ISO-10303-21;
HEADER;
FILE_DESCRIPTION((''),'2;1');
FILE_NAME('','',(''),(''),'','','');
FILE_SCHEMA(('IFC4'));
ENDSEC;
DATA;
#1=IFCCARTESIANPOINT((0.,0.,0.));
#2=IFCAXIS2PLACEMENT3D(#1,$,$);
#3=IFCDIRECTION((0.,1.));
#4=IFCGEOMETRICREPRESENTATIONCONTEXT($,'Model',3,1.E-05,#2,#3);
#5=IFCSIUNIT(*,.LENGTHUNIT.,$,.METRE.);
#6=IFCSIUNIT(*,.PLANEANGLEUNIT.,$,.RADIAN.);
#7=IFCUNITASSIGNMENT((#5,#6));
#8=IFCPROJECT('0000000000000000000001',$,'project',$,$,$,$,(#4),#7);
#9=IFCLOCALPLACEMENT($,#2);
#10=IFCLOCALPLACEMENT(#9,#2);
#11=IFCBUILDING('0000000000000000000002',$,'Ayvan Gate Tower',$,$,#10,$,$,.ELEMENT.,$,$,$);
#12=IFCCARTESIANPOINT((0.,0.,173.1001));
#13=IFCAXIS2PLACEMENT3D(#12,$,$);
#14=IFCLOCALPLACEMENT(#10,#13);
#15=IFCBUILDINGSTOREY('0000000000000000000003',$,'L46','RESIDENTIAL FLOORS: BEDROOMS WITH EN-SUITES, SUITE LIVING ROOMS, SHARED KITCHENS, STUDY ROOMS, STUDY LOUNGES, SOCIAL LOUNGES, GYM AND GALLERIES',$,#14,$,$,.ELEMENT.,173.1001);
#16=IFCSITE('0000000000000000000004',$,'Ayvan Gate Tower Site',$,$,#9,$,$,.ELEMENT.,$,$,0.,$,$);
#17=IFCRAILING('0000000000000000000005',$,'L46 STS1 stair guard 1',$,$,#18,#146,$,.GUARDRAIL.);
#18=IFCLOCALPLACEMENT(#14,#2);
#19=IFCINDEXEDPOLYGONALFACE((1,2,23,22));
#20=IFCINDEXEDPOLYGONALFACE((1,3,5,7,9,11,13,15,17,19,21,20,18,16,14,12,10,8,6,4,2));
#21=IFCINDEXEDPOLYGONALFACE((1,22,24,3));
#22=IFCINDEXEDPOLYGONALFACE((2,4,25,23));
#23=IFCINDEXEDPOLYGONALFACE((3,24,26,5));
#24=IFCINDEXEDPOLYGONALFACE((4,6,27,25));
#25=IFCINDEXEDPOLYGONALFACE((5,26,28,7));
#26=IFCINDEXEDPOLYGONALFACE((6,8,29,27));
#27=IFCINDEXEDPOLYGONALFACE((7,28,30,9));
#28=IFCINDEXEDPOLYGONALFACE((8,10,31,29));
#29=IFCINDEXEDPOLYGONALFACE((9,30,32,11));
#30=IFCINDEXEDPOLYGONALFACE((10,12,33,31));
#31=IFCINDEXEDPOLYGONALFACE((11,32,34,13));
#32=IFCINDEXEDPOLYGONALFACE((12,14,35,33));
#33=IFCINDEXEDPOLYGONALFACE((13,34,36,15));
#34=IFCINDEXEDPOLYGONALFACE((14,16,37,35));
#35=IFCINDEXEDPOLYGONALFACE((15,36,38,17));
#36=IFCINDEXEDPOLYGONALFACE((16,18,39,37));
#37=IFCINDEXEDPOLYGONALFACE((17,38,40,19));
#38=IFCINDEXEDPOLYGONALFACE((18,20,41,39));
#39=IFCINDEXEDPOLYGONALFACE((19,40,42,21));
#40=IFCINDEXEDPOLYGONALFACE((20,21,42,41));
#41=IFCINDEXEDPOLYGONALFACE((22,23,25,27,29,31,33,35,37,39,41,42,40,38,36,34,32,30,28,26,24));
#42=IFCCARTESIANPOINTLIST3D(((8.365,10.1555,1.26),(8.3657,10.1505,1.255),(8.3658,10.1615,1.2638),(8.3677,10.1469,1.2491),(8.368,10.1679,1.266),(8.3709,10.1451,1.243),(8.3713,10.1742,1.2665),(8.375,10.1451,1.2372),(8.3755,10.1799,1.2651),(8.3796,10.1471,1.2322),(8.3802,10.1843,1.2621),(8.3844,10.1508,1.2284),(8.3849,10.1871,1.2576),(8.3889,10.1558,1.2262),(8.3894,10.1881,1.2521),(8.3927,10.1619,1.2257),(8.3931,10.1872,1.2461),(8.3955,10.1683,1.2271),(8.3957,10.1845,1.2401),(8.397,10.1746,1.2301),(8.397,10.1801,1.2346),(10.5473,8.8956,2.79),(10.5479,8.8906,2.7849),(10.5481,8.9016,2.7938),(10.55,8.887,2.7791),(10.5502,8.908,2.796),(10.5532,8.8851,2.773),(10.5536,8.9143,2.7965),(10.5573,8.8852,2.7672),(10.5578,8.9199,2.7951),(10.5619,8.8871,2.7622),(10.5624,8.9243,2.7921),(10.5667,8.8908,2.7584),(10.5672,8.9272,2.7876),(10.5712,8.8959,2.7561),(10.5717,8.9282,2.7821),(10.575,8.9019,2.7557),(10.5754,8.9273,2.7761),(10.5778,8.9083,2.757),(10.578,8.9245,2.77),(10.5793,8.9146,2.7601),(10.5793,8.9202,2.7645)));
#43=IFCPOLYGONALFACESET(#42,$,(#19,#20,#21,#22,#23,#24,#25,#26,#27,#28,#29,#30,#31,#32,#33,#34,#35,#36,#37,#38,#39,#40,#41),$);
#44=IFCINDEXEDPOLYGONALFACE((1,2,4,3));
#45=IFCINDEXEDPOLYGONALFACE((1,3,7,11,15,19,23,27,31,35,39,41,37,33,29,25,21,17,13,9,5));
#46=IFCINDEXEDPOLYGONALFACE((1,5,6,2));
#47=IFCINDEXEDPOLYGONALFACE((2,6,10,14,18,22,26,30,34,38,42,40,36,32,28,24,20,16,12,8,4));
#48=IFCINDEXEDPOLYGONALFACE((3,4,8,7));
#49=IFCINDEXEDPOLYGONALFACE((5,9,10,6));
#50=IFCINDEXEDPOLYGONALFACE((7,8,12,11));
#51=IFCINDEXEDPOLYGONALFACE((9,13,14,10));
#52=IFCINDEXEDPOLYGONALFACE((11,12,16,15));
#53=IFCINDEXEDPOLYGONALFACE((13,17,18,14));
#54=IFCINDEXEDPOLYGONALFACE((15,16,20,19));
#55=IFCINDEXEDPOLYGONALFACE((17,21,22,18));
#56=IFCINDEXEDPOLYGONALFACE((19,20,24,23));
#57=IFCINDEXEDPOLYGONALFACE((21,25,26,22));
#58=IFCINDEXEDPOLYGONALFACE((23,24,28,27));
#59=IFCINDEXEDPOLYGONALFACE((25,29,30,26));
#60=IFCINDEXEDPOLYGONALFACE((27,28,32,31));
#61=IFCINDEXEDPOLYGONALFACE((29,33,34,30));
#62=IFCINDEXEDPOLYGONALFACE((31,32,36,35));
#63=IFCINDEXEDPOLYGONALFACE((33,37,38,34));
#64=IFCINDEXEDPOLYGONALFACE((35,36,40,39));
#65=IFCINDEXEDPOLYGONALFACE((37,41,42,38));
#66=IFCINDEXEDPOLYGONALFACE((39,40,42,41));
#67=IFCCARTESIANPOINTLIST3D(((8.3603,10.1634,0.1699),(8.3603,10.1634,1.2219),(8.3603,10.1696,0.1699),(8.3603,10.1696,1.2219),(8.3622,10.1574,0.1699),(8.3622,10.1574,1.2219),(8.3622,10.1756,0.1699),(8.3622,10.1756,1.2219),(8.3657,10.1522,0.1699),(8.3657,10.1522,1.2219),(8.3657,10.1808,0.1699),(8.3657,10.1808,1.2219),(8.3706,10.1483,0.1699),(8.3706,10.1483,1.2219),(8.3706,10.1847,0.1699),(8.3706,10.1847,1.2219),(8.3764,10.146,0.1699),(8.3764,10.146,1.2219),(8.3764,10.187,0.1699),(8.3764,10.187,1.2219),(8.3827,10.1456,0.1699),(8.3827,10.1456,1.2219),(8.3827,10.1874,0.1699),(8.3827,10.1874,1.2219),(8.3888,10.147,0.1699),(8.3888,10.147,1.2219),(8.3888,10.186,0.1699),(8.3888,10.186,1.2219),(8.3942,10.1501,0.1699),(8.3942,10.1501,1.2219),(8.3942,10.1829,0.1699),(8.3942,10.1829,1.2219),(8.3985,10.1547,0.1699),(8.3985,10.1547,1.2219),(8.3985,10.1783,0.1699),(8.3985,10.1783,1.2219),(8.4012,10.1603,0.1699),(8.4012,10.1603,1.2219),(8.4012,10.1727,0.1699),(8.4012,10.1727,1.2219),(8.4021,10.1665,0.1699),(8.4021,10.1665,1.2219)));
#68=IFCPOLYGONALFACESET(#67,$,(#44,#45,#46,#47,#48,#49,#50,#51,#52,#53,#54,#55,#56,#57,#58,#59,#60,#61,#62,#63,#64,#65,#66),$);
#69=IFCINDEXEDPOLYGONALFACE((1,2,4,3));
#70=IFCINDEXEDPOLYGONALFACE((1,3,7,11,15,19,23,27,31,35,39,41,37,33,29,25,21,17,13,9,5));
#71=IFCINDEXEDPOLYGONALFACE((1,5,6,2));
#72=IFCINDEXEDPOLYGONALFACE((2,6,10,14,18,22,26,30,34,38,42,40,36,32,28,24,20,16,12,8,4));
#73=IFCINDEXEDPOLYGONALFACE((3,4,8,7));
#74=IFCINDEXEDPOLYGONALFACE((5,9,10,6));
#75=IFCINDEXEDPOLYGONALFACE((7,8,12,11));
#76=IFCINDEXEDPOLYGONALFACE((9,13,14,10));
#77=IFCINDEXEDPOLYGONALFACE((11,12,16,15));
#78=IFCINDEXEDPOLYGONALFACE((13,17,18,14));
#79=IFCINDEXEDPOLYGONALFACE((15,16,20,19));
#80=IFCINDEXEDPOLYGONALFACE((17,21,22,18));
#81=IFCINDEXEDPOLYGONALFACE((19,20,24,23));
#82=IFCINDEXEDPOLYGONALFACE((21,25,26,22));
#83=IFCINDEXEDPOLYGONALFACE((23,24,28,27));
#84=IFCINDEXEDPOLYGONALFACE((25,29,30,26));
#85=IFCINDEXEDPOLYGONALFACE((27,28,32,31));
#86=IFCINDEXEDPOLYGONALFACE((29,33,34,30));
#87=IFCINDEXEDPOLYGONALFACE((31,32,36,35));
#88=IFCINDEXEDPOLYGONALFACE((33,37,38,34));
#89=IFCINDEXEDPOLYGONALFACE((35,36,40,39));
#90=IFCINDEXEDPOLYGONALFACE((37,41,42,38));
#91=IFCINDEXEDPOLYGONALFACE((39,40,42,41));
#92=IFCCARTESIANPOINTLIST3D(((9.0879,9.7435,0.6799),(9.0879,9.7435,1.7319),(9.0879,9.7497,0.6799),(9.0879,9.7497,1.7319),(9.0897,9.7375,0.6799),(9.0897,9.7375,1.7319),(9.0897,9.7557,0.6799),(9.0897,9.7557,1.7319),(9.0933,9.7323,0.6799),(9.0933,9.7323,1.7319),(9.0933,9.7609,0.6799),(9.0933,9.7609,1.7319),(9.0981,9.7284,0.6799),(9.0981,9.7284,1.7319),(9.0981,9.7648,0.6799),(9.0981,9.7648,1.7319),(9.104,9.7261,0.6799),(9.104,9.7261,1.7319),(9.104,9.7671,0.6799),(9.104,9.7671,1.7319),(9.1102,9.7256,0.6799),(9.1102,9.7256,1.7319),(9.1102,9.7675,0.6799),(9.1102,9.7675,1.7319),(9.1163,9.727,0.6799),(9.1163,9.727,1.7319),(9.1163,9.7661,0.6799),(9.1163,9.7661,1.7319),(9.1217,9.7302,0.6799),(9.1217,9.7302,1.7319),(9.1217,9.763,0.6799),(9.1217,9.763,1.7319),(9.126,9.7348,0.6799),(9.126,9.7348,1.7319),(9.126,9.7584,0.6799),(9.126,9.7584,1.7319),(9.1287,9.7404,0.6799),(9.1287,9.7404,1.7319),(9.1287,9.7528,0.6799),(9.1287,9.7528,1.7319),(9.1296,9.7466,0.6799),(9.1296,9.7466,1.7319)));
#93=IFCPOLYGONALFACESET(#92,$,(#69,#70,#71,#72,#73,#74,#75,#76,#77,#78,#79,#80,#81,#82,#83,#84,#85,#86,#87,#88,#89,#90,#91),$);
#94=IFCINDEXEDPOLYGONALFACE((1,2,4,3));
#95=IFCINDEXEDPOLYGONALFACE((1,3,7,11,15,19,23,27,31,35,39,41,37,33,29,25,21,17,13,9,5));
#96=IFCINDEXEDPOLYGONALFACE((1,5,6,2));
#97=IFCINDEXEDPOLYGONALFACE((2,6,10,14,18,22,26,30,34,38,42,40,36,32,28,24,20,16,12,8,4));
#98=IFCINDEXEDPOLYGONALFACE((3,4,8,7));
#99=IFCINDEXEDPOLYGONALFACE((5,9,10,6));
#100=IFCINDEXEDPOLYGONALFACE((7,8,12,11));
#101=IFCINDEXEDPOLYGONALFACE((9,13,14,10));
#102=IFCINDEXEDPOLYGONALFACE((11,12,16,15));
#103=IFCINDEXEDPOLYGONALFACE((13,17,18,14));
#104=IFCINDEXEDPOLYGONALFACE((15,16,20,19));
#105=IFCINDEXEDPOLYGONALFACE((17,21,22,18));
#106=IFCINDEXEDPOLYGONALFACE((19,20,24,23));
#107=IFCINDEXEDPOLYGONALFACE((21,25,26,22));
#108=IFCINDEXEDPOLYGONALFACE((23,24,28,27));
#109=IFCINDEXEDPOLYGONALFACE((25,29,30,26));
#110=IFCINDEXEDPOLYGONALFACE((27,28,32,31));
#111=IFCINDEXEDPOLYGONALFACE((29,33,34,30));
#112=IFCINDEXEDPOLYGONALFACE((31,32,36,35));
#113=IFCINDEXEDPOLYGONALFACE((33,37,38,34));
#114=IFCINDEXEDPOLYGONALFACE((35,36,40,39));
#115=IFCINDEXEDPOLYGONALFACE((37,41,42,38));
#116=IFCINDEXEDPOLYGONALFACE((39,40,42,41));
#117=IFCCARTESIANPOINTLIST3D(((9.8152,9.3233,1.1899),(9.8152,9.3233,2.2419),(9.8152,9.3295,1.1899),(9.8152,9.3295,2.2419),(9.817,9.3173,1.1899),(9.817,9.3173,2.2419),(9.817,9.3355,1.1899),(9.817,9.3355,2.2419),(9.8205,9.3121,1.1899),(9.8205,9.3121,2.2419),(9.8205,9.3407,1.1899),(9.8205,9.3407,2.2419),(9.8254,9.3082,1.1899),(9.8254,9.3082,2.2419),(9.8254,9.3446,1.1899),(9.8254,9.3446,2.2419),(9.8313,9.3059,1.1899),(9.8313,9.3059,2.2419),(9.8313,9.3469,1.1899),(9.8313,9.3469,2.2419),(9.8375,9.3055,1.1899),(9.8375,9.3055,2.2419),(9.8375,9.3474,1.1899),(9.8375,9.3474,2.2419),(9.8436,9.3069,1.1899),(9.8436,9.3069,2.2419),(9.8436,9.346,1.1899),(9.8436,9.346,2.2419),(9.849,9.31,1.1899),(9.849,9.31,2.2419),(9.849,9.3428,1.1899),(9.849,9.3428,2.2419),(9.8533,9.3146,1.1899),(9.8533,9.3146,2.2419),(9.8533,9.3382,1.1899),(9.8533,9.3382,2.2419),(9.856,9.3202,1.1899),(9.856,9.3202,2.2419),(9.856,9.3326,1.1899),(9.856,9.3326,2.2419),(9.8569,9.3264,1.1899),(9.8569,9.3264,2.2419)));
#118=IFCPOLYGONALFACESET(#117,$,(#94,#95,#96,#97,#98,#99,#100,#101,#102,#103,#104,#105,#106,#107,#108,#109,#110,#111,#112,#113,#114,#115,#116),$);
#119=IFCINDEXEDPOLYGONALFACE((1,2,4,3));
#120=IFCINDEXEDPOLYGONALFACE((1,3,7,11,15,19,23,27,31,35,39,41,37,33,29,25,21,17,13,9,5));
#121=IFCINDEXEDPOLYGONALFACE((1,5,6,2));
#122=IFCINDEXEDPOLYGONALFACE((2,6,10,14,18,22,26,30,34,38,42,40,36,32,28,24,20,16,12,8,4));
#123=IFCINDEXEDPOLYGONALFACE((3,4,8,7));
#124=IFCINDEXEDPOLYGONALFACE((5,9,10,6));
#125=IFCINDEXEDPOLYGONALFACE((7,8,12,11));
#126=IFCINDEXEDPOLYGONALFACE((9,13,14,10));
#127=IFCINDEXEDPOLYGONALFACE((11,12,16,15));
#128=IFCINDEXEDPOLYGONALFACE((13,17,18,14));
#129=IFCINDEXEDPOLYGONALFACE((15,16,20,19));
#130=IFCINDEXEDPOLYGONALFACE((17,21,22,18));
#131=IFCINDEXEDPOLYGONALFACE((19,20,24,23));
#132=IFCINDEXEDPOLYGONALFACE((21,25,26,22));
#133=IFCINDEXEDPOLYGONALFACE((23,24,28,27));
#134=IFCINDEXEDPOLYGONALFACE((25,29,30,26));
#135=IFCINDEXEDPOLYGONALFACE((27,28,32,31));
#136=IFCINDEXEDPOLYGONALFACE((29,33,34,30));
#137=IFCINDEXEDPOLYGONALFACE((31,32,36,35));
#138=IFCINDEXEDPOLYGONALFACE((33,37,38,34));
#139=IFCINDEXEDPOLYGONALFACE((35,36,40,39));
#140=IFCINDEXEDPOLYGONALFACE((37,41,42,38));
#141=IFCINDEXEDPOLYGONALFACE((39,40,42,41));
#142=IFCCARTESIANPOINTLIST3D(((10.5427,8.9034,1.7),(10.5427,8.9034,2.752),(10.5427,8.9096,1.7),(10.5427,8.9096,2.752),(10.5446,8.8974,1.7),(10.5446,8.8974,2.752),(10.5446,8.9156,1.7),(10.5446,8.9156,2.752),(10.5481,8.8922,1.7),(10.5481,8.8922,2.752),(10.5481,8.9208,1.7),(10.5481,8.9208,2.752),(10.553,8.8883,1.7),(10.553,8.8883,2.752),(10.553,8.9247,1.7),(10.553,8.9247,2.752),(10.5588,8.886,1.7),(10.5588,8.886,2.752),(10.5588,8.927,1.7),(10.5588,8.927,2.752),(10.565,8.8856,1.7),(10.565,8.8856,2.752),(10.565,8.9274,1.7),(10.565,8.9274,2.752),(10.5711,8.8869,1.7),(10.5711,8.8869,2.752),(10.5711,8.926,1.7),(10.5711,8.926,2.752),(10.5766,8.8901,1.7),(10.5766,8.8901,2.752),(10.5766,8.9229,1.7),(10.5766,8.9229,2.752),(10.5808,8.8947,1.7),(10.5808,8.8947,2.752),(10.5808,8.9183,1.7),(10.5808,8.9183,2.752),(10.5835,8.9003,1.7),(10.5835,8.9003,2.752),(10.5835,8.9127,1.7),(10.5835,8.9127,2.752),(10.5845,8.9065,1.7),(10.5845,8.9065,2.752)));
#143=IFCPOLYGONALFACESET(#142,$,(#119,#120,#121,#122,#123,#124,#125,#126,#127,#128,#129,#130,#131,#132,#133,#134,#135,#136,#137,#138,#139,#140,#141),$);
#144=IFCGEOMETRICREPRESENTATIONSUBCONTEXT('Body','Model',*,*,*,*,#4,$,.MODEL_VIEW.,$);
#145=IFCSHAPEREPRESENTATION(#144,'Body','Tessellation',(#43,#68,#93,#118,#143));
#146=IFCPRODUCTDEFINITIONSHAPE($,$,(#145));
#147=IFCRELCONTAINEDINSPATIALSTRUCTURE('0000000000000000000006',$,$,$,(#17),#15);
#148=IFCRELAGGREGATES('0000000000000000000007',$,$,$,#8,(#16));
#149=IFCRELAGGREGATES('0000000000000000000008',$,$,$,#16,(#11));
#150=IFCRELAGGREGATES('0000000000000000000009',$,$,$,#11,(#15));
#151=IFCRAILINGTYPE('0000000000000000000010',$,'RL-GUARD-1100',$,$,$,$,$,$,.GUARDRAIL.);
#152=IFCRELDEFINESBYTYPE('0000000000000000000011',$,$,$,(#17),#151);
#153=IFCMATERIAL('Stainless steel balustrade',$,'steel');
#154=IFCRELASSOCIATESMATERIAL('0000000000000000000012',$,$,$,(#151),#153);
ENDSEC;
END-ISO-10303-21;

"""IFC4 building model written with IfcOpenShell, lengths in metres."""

from ifc_helpers import new_model, si_unit, direction, frame, origin, origin_2d, place, context, subcontext, project, spatial, circle, extrude, material, type_object, element, save


model = new_model("IFC4")

# Units and contexts
model_context = context("Model", 3, precision=1e-05, world=origin(), true_north=direction((0.0, 1.0)))
body_context = subcontext(model_context, "Body", "Model", "MODEL_VIEW")
ifc_project = project(units=[si_unit("LENGTHUNIT", "METRE"), si_unit("PLANEANGLEUNIT", "RADIAN")], contexts=[model_context])

# Site, building, storey
site_placement = place(None, origin())
site = spatial("IfcSite", under=ifc_project, at=site_placement, Name="Ayvan Gate Tower Site", CompositionType="ELEMENT", RefElevation=0.0)
building_placement = place(site_placement, origin())
building = spatial("IfcBuilding", under=site, at=building_placement, Name="Ayvan Gate Tower", CompositionType="ELEMENT")
storey_placement = place(building_placement, frame((0.0, 0.0, 173.1001)))
storey = spatial("IfcBuildingStorey", under=building, at=storey_placement, Name="L46", Description="RESIDENTIAL FLOORS: BEDROOMS WITH EN-SUITES, SUITE LIVING ROOMS, SHARED KITCHENS, STUDY ROOMS, STUDY LOUNGES, SOCIAL LOUNGES, GYM AND GALLERIES", CompositionType="ELEMENT", Elevation=173.1001)

# Railing
ifc_material_1 = material(Name="Stainless steel balustrade", Category="steel")
railing_type_1 = type_object("IfcRailingType", Name="RL-GUARD-1100", PredefinedType="GUARDRAIL", material=ifc_material_1)
railing_1_placement = place(storey_placement, frame((8.3811, 10.1665, 0.1699)))
element("IfcRailing", 1, at=railing_1_placement, inside=storey, type_object=railing_type_1, Name="L46 STS1 stair guard 1", PredefinedType="GUARDRAIL", context=body_context, shape_type="SweptSolid", body=[
    extrude(circle(Radius=0.0239, at=origin_2d()), frame((0.0, 0.0, 1.0762), z_axis=(0.740261, -0.427395, 0.518986), x_axis=(0.500005, 0.866023, 0.0)), (0.0, 0.0, 1.0), 2.948),
    extrude(circle(Radius=0.021, at=origin_2d()), origin(), (0.0, 0.0, 1.0), 1.052),
    extrude(circle(Radius=0.021, at=origin_2d()), frame((0.7275, -0.4199, 0.51)), (0.0, 0.0, 1.0), 1.052),
    extrude(circle(Radius=0.021, at=origin_2d()), frame((1.4548, -0.8401, 1.02)), (0.0, 0.0, 1.0), 1.052),
    extrude(circle(Radius=0.021, at=origin_2d()), frame((2.1824, -1.26, 1.53)), (0.0, 0.0, 1.0), 1.052),
])

save(model, "model.ifc")
